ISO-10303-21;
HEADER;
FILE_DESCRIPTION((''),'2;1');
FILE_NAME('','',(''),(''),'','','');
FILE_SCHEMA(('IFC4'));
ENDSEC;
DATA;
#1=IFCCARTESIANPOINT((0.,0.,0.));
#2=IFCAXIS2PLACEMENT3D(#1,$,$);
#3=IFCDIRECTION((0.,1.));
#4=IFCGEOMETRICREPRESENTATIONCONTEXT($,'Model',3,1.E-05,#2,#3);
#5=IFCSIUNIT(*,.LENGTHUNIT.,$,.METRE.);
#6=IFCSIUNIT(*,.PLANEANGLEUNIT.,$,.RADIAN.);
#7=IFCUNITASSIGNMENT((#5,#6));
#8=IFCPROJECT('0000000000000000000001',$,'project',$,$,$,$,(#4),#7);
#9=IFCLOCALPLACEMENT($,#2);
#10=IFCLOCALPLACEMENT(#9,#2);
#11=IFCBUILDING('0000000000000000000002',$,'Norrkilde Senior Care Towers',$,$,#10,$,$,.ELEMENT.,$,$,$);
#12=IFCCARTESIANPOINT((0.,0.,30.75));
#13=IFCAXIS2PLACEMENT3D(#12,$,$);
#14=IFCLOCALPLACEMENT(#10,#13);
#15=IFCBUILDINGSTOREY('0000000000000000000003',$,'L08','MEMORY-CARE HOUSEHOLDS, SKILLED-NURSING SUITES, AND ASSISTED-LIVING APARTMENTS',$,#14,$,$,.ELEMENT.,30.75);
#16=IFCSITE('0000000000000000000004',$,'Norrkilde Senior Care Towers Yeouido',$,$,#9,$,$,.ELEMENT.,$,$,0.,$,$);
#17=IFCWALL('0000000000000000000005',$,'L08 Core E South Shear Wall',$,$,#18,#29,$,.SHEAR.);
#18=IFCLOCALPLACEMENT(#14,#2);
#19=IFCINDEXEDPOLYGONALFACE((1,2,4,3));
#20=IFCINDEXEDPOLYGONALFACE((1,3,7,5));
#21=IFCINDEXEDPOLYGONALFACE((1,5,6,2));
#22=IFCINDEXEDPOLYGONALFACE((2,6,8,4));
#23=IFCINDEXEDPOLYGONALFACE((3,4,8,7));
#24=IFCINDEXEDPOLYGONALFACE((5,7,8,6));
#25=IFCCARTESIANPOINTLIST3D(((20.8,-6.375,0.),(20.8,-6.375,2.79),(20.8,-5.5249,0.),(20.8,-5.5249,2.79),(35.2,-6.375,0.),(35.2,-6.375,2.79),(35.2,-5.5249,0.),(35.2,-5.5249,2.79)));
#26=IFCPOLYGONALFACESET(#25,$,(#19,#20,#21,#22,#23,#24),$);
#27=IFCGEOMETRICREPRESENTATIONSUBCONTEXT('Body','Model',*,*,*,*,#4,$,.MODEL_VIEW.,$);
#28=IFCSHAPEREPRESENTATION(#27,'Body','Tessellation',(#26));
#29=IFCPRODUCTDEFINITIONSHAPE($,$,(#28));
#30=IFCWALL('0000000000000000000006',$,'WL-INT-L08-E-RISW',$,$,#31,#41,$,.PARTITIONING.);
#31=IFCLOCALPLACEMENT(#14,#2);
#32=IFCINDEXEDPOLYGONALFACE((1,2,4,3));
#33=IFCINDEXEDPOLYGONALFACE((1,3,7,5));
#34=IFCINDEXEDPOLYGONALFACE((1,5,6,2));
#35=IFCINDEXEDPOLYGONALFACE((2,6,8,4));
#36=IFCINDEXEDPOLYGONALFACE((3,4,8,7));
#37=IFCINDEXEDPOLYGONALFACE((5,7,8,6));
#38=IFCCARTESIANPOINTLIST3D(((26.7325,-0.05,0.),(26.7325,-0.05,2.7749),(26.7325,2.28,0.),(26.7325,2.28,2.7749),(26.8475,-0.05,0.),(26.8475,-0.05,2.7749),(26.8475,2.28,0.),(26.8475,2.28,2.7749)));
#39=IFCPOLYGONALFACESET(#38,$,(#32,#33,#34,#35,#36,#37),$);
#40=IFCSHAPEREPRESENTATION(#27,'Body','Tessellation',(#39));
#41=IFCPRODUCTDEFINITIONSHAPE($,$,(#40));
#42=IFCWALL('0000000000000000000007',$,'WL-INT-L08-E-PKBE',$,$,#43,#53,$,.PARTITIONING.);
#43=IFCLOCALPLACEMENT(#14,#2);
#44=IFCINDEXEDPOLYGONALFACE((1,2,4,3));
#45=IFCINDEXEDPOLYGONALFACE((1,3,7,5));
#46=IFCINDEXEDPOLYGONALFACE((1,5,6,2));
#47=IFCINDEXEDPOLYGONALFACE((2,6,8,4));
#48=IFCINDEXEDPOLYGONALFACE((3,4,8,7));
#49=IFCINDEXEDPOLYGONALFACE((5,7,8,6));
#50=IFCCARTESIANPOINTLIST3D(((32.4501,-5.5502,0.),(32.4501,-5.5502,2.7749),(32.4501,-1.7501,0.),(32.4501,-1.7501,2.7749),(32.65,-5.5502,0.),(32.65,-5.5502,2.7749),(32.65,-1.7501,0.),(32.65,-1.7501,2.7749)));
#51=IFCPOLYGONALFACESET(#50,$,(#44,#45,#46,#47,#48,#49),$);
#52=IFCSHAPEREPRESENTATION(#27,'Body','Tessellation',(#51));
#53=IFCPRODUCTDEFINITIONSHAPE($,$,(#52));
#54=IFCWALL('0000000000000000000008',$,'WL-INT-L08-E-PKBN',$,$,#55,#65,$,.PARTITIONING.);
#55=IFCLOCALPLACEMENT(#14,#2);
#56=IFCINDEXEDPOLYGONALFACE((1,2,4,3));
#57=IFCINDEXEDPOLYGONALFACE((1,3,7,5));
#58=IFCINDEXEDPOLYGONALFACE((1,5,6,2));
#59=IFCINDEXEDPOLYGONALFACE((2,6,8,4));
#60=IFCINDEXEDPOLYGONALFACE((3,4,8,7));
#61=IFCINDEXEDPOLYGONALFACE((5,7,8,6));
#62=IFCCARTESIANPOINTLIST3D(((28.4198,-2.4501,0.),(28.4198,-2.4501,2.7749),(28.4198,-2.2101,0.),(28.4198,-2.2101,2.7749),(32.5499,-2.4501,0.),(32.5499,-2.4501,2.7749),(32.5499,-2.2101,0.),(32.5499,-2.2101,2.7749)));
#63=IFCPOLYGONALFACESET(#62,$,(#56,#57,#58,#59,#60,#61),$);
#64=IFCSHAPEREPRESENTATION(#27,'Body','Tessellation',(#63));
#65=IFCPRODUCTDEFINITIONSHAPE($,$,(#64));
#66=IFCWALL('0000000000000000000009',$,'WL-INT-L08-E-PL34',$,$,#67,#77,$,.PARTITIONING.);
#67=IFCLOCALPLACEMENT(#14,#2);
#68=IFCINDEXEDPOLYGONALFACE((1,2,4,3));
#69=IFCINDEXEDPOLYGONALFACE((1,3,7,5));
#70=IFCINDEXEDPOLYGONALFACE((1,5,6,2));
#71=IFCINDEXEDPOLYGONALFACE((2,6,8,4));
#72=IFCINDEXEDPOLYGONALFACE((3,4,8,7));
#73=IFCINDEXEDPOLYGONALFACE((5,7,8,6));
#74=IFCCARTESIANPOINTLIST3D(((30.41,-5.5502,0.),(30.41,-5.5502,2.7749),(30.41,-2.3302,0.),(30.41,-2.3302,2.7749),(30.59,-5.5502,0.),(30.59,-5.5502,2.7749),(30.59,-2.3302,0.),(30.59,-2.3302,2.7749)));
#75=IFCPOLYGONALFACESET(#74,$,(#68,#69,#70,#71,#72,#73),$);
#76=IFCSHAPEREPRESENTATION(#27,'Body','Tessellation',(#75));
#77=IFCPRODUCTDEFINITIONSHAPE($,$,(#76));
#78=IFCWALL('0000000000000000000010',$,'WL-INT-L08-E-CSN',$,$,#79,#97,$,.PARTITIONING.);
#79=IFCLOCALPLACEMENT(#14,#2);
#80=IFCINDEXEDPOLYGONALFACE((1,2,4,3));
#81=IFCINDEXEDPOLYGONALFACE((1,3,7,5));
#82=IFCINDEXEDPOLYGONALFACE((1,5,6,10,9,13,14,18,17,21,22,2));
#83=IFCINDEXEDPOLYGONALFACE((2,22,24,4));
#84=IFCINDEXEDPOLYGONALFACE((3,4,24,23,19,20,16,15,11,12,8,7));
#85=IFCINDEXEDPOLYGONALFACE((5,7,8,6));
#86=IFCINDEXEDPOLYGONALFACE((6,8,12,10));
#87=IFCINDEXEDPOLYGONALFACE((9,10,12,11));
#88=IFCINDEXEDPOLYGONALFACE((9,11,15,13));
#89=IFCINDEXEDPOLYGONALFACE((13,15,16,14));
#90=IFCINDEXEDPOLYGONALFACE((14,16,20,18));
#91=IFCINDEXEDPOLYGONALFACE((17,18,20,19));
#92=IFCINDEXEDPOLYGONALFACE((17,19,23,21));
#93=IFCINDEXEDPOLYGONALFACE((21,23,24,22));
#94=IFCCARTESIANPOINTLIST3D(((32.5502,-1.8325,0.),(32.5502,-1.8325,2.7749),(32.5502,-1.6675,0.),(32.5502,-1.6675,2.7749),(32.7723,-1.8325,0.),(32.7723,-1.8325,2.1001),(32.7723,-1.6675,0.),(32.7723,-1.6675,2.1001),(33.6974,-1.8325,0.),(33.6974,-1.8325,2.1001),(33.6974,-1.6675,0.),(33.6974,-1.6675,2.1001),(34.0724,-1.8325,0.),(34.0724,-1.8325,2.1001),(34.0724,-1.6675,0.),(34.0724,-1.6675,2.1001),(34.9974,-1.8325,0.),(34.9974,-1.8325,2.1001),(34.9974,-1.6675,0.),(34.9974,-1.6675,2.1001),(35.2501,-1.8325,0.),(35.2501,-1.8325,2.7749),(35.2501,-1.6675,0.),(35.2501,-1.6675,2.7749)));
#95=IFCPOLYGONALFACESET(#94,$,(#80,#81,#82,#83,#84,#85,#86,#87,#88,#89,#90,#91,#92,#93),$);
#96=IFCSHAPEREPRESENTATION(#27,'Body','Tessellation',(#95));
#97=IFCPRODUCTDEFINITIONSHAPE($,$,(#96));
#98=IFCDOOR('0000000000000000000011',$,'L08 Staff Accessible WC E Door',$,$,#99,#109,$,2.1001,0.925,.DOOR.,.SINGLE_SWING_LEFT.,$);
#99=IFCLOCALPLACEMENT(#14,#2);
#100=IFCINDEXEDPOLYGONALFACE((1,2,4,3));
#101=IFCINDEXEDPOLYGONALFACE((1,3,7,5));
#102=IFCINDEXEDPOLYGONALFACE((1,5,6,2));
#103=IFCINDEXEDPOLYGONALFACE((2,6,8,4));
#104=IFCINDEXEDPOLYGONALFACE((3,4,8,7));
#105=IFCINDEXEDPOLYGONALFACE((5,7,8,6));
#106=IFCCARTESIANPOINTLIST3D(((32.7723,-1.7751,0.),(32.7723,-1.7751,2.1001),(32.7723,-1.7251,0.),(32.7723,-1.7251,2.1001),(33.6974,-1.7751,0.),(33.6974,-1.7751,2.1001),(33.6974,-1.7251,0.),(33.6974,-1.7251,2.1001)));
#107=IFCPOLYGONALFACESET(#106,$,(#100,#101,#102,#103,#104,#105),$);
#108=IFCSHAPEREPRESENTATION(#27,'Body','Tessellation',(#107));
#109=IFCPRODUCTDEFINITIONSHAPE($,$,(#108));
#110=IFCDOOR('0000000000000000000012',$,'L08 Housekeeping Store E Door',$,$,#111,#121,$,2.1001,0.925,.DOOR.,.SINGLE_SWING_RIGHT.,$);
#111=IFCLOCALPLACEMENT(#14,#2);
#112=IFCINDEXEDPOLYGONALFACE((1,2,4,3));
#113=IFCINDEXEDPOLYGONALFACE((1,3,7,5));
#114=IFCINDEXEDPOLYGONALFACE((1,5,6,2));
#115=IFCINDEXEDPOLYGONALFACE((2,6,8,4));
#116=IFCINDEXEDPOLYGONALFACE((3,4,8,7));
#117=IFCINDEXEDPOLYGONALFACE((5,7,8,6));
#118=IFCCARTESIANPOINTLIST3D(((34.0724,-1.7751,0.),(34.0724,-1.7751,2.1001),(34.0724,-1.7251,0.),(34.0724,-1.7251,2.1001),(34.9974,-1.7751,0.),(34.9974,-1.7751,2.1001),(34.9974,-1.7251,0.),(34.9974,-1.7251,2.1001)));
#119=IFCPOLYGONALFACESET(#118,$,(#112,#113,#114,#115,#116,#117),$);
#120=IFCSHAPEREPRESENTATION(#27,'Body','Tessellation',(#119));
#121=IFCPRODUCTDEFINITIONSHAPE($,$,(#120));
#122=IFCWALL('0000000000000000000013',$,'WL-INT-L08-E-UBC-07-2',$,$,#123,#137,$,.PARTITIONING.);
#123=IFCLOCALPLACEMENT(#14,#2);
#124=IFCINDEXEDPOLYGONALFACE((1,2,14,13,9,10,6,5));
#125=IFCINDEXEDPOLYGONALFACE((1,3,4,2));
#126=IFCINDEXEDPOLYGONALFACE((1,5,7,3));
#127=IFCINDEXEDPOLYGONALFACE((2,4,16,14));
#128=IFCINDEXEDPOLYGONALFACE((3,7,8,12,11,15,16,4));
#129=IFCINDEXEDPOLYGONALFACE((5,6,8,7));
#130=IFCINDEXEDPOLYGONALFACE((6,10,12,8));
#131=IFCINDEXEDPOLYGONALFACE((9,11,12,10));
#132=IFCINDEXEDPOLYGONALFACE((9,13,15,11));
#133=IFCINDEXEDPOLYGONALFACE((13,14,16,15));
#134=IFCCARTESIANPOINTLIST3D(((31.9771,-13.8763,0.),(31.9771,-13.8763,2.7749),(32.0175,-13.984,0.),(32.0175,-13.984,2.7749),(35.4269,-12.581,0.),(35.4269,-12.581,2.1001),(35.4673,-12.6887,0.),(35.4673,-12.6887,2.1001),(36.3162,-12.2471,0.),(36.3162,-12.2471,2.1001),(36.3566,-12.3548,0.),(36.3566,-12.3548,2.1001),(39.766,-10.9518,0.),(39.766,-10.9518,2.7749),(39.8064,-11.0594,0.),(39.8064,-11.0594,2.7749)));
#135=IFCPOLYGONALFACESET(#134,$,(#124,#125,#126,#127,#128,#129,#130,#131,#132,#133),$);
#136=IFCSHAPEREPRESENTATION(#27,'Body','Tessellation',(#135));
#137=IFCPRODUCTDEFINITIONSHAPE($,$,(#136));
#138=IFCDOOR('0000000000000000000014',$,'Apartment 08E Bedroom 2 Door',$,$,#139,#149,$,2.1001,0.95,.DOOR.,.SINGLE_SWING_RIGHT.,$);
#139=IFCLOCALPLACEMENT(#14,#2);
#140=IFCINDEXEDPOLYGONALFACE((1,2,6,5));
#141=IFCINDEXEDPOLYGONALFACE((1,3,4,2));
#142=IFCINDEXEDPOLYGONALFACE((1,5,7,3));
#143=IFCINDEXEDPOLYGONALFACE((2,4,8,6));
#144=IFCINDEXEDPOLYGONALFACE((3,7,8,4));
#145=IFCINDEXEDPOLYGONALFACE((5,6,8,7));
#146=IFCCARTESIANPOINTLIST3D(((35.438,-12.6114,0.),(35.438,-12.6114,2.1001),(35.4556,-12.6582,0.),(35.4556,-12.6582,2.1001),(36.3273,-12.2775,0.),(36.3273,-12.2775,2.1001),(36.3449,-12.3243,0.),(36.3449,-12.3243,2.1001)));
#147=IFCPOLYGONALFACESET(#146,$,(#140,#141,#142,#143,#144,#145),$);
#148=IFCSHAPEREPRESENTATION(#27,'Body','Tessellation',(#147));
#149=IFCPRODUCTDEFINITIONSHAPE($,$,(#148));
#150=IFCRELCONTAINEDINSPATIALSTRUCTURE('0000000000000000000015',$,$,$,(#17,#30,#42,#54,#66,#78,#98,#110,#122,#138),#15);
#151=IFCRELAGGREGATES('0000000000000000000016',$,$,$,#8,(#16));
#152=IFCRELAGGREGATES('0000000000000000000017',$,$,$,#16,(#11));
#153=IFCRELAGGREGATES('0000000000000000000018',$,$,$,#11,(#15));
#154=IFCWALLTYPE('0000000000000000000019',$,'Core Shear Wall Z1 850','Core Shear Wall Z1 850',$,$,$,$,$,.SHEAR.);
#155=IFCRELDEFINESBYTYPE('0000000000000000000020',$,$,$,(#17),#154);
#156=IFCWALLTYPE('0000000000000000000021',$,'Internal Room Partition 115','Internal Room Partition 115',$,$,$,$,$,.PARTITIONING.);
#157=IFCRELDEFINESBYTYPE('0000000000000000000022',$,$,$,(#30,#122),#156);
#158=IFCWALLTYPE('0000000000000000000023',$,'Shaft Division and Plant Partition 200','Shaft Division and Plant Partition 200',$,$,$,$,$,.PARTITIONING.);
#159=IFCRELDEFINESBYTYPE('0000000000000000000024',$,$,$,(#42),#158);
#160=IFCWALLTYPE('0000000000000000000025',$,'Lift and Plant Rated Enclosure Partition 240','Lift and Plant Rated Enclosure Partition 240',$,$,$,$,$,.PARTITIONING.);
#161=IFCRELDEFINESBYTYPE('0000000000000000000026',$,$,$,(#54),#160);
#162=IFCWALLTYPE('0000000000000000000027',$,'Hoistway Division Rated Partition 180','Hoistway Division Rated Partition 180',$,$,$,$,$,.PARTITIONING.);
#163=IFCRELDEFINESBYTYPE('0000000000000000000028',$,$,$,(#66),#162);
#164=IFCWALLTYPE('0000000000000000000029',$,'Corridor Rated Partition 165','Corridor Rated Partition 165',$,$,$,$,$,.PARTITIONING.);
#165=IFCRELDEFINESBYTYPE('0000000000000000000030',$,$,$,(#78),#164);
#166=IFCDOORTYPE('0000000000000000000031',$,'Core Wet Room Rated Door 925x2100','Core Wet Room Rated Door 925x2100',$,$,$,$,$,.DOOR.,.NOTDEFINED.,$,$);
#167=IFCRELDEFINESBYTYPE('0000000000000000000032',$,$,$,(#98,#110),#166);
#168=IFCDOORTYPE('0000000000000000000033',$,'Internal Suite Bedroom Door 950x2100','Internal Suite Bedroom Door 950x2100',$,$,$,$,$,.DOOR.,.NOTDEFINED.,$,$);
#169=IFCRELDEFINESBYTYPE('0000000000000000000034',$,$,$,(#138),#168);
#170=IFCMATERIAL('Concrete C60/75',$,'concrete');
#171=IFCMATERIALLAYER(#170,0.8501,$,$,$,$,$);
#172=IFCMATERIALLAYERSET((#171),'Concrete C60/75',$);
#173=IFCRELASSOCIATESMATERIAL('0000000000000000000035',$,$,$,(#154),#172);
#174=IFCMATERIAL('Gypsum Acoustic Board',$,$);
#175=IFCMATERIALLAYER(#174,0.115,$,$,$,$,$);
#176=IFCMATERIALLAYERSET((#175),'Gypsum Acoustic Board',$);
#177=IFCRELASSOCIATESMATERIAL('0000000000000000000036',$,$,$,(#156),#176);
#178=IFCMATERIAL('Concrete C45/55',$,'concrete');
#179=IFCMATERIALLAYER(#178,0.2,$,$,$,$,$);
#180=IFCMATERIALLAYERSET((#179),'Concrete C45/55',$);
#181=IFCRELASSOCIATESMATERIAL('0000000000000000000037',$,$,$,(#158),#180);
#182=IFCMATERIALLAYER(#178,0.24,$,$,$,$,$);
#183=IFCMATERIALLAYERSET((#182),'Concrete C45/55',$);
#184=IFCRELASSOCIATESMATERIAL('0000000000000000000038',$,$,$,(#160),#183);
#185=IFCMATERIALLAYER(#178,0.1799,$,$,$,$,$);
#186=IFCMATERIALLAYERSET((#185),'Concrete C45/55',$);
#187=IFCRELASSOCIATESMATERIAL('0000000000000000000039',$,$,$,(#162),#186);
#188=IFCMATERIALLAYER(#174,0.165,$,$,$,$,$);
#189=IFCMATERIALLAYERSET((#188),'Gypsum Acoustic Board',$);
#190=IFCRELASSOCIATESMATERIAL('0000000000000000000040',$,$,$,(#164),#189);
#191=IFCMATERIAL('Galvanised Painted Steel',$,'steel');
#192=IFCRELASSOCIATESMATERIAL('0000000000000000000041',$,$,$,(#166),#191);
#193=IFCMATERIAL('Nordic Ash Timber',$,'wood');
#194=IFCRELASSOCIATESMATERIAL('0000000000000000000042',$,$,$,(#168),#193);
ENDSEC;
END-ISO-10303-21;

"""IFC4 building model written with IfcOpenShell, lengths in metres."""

from ifc_helpers import new_model, si_unit, direction, frame, frame_2d, origin, place, context, subcontext, project, spatial, rectangle, extrude, source, transform, mapped, material, layer, layer_set, type_object, type_shapes, element, fill, save


model = new_model("IFC4")

# Units and contexts
model_context = context("Model", 3, precision=1e-05, world=origin(), true_north=direction((0.0, 1.0)))
body_context = subcontext(model_context, "Body", "Model", "MODEL_VIEW")
ifc_project = project(units=[si_unit("LENGTHUNIT", "METRE"), si_unit("PLANEANGLEUNIT", "RADIAN")], contexts=[model_context])

# Site, building, storey
site_placement = place(None, origin())
site = spatial("IfcSite", under=ifc_project, at=site_placement, Name="Norrkilde Senior Care Towers Yeouido", CompositionType="ELEMENT", RefElevation=0.0)
building_placement = place(site_placement, origin())
building = spatial("IfcBuilding", under=site, at=building_placement, Name="Norrkilde Senior Care Towers", CompositionType="ELEMENT")
storey_placement = place(building_placement, frame((0.0, 0.0, 30.75)))
storey = spatial("IfcBuildingStorey", under=building, at=storey_placement, Name="L08", Description="MEMORY-CARE HOUSEHOLDS, SKILLED-NURSING SUITES, AND ASSISTED-LIVING APARTMENTS", CompositionType="ELEMENT", Elevation=30.75)

# Shared definitions
ifc_material_1 = material(Name="Concrete C60/75", Category="concrete")

# Walls
ifc_layer_1 = layer(ifc_material_1, 0.8501)
ifc_layer_set_1 = layer_set([ifc_layer_1], Name="Concrete C60/75")
wall_type_1 = type_object("IfcWallType", Name="Core Shear Wall Z1 850", Description="Core Shear Wall Z1 850", PredefinedType="SHEAR", material=ifc_layer_set_1)
shared_shape_1 = source(origin(), body_context, "Body", "SweptSolid", [
    extrude(rectangle(XDim=14.3999, YDim=0.8501, at=frame_2d((7.2, 0.0))), origin(), (0.0, 0.0, 1.0), 2.79),
])
type_shapes(wall_type_1, [shared_shape_1])
wall_1_placement = place(storey_placement, frame((35.2, -5.95, 0.0), z_axis=(0.0, 0.0, 1.0), x_axis=(-1.0, 0.0, 0.0)))
element("IfcWall", 1, at=wall_1_placement, inside=storey, type_object=wall_type_1, Name="L08 Core E South Shear Wall", PredefinedType="SHEAR", context=body_context, shape_type="MappedRepresentation", body=[
    mapped(shared_shape_1, transform((0.0, 0.0, 0.0), x_axis=(1.0, 0.0, 0.0), y_axis=(0.0, 1.0, 0.0), z_axis=(0.0, 0.0, 1.0), scale=1.0)),
])
ifc_material_2 = material(Name="Gypsum Acoustic Board")
ifc_layer_2 = layer(ifc_material_2, 0.115)
ifc_layer_set_2 = layer_set([ifc_layer_2], Name="Gypsum Acoustic Board")
wall_type_2 = type_object("IfcWallType", Name="Internal Room Partition 115", Description="Internal Room Partition 115", PredefinedType="PARTITIONING", material=ifc_layer_set_2)
shared_shape_2 = source(origin(), body_context, "Body", "SweptSolid", [
    extrude(rectangle(XDim=2.3301, YDim=0.115, at=frame_2d((1.165, 0.0))), origin(), (0.0, 0.0, 1.0), 2.7749),
])
wall_2_placement = place(storey_placement, frame((26.79, -0.05, 0.0), z_axis=(0.0, 0.0, 1.0), x_axis=(0.0, 1.0, 0.0)))
element("IfcWall", 2, at=wall_2_placement, inside=storey, type_object=wall_type_2, Name="WL-INT-L08-E-RISW", PredefinedType="PARTITIONING", context=body_context, shape_type="MappedRepresentation", body=[
    mapped(shared_shape_2, transform((0.0, 0.0, 0.0), x_axis=(1.0, 0.0, 0.0), y_axis=(0.0, 1.0, 0.0), z_axis=(0.0, 0.0, 1.0), scale=1.0)),
])
ifc_material_3 = material(Name="Concrete C45/55", Category="concrete")
ifc_layer_3 = layer(ifc_material_3, 0.2)
ifc_layer_set_3 = layer_set([ifc_layer_3], Name="Concrete C45/55")
wall_type_3 = type_object("IfcWallType", Name="Shaft Division and Plant Partition 200", Description="Shaft Division and Plant Partition 200", PredefinedType="PARTITIONING", material=ifc_layer_set_3)
shared_shape_3 = source(origin(), body_context, "Body", "SweptSolid", [
    extrude(rectangle(XDim=3.8, YDim=0.2, at=frame_2d((1.8999, 0.0))), origin(), (0.0, 0.0, 1.0), 2.7749),
])
type_shapes(wall_type_3, [shared_shape_3])
wall_3_placement = place(storey_placement, frame((32.55, -5.55, 0.0), z_axis=(0.0, 0.0, 1.0), x_axis=(0.0, 1.0, 0.0)))
element("IfcWall", 3, at=wall_3_placement, inside=storey, type_object=wall_type_3, Name="WL-INT-L08-E-PKBE", PredefinedType="PARTITIONING", context=body_context, shape_type="MappedRepresentation", body=[
    mapped(shared_shape_3, transform((0.0, 0.0, 0.0), x_axis=(1.0, 0.0, 0.0), y_axis=(0.0, 1.0, 0.0), z_axis=(0.0, 0.0, 1.0), scale=1.0)),
])
ifc_layer_4 = layer(ifc_material_3, 0.24)
ifc_layer_set_4 = layer_set([ifc_layer_4], Name="Concrete C45/55")
wall_type_4 = type_object("IfcWallType", Name="Lift and Plant Rated Enclosure Partition 240", Description="Lift and Plant Rated Enclosure Partition 240", PredefinedType="PARTITIONING", material=ifc_layer_set_4)
shared_shape_4 = source(origin(), body_context, "Body", "SweptSolid", [
    extrude(rectangle(XDim=4.1301, YDim=0.24, at=frame_2d((2.0649, 0.0))), origin(), (0.0, 0.0, 1.0), 2.7749),
])
type_shapes(wall_type_4, [shared_shape_4])
wall_4_placement = place(storey_placement, frame((28.4199, -2.3301, 0.0), z_axis=(0.0, 0.0, 1.0), x_axis=(1.0, 0.0, 0.0)))
element("IfcWall", 4, at=wall_4_placement, inside=storey, type_object=wall_type_4, Name="WL-INT-L08-E-PKBN", PredefinedType="PARTITIONING", context=body_context, shape_type="MappedRepresentation", body=[
    mapped(shared_shape_4, transform((0.0, 0.0, 0.0), x_axis=(1.0, 0.0, 0.0), y_axis=(0.0, 1.0, 0.0), z_axis=(0.0, 0.0, 1.0), scale=1.0)),
])
ifc_layer_5 = layer(ifc_material_3, 0.1799)
ifc_layer_set_5 = layer_set([ifc_layer_5], Name="Concrete C45/55")
wall_type_5 = type_object("IfcWallType", Name="Hoistway Division Rated Partition 180", Description="Hoistway Division Rated Partition 180", PredefinedType="PARTITIONING", material=ifc_layer_set_5)
shared_shape_5 = source(origin(), body_context, "Body", "SweptSolid", [
    extrude(rectangle(XDim=3.22, YDim=0.1799, at=frame_2d((1.6099, 0.0))), origin(), (0.0, 0.0, 1.0), 2.7749),
])
type_shapes(wall_type_5, [shared_shape_5])
wall_5_placement = place(storey_placement, frame((30.5, -5.55, 0.0), z_axis=(0.0, 0.0, 1.0), x_axis=(0.0, 1.0, 0.0)))
element("IfcWall", 5, at=wall_5_placement, inside=storey, type_object=wall_type_5, Name="WL-INT-L08-E-PL34", PredefinedType="PARTITIONING", context=body_context, shape_type="MappedRepresentation", body=[
    mapped(shared_shape_5, transform((0.0, 0.0, 0.0), x_axis=(1.0, 0.0, 0.0), y_axis=(0.0, 1.0, 0.0), z_axis=(0.0, 0.0, 1.0), scale=1.0)),
])

# Wall, openings, doors
ifc_layer_6 = layer(ifc_material_2, 0.165)
ifc_layer_set_6 = layer_set([ifc_layer_6], Name="Gypsum Acoustic Board")
wall_type_6 = type_object("IfcWallType", Name="Corridor Rated Partition 165", Description="Corridor Rated Partition 165", PredefinedType="PARTITIONING", material=ifc_layer_set_6)
shared_shape_6 = source(origin(), body_context, "Body", "SweptSolid", [
    extrude(rectangle(XDim=2.7, YDim=0.165, at=frame_2d((1.3501, 0.0))), origin(), (0.0, 0.0, 1.0), 2.7749),
])
type_shapes(wall_type_6, [shared_shape_6])
wall_6_placement = place(storey_placement, frame((32.55, -1.75, 0.0), z_axis=(0.0, 0.0, 1.0), x_axis=(1.0, 0.0, 0.0)))
wall_6 = element("IfcWall", 6, at=wall_6_placement, inside=storey, type_object=wall_type_6, Name="WL-INT-L08-E-CSN", PredefinedType="PARTITIONING", context=body_context, shape_type="MappedRepresentation", body=[
    mapped(shared_shape_6, transform((0.0, 0.0, 0.0), x_axis=(1.0, 0.0, 0.0), y_axis=(0.0, 1.0, 0.0), z_axis=(0.0, 0.0, 1.0), scale=1.0)),
])
opening_1_placement = place(wall_6_placement, frame((0.2224, 0.0, 0.0)))
opening_1 = element("IfcOpeningElement", 7, at=opening_1_placement, cuts=wall_6, PredefinedType="OPENING", context=body_context, shape_type="SweptSolid", body=[
    extrude(rectangle(XDim=0.925, YDim=2.1001, at=frame_2d((0.4624, 1.05))), frame((0.0, 0.0925, 0.0), z_axis=(0.0, -1.0, 0.0), x_axis=(1.0, 0.0, 0.0)), (0.0, 0.0, 1.0), 0.1851),
])
opening_2_placement = place(wall_6_placement, frame((1.5225, 0.0, 0.0)))
opening_2 = element("IfcOpeningElement", 8, at=opening_2_placement, cuts=wall_6, PredefinedType="OPENING", context=body_context, shape_type="SweptSolid", body=[
    extrude(rectangle(XDim=0.925, YDim=2.1001, at=frame_2d((0.4624, 1.05))), frame((0.0, 0.0925, 0.0), z_axis=(0.0, -1.0, 0.0), x_axis=(1.0, 0.0, 0.0)), (0.0, 0.0, 1.0), 0.1851),
])
ifc_material_4 = material(Name="Galvanised Painted Steel", Category="steel")
door_type_1 = type_object("IfcDoorType", Name="Core Wet Room Rated Door 925x2100", Description="Core Wet Room Rated Door 925x2100", OperationType="NOTDEFINED", PredefinedType="DOOR", material=ifc_material_4)
shared_shape_7 = source(origin(), body_context, "Body", "SweptSolid", [
    extrude(rectangle(XDim=0.925, YDim=2.1001, at=frame_2d((0.4624, 1.05))), frame((0.0, 0.0249, 0.0), z_axis=(0.0, -1.0, 0.0), x_axis=(1.0, 0.0, 0.0)), (0.0, 0.0, 1.0), 0.05),
])
type_shapes(door_type_1, [shared_shape_7])
door_1_placement = place(opening_1_placement, origin())
door_1 = element("IfcDoor", 9, at=door_1_placement, inside=storey, type_object=door_type_1, Name="L08 Staff Accessible WC E Door", OperationType="SINGLE_SWING_LEFT", OverallHeight=2.1001, OverallWidth=0.925, PredefinedType="DOOR", context=body_context, shape_type="MappedRepresentation", body=[
    mapped(shared_shape_7, transform((0.0, 0.0, 0.0), x_axis=(1.0, 0.0, 0.0), y_axis=(0.0, 1.0, 0.0), z_axis=(0.0, 0.0, 1.0), scale=1.0)),
])
fill(opening_1, door_1)
door_2_placement = place(opening_2_placement, origin())
door_2 = element("IfcDoor", 10, at=door_2_placement, inside=storey, type_object=door_type_1, Name="L08 Housekeeping Store E Door", OperationType="SINGLE_SWING_RIGHT", OverallHeight=2.1001, OverallWidth=0.925, PredefinedType="DOOR", context=body_context, shape_type="MappedRepresentation", body=[
    mapped(shared_shape_7, transform((0.0, 0.0, 0.0), x_axis=(1.0, 0.0, 0.0), y_axis=(0.0, 1.0, 0.0), z_axis=(0.0, 0.0, 1.0), scale=1.0)),
])
fill(opening_2, door_2)

# Wall, opening, door
shared_shape_8 = source(origin(), body_context, "Body", "SweptSolid", [
    extrude(rectangle(XDim=8.3198, YDim=0.115, at=frame_2d((4.1599, 0.0))), origin(), (0.0, 0.0, 1.0), 2.7749),
])
wall_7_placement = place(storey_placement, frame((31.9973, -13.9302, 0.0), z_axis=(0.0, 0.0, 1.0), x_axis=(0.936181, 0.351519, 0.0)))
wall_7 = element("IfcWall", 11, at=wall_7_placement, inside=storey, type_object=wall_type_2, Name="WL-INT-L08-E-UBC-07-2", PredefinedType="PARTITIONING", context=body_context, shape_type="MappedRepresentation", body=[
    mapped(shared_shape_8, transform((0.0, 0.0, 0.0), x_axis=(1.0, 0.0, 0.0), y_axis=(0.0, 1.0, 0.0), z_axis=(0.0, 0.0, 1.0), scale=1.0)),
])
opening_3_placement = place(wall_7_placement, frame((3.6848, 0.0, 0.0)))
opening_3 = element("IfcOpeningElement", 12, at=opening_3_placement, cuts=wall_7, PredefinedType="OPENING", context=body_context, shape_type="SweptSolid", body=[
    extrude(rectangle(XDim=0.95, YDim=2.1001, at=frame_2d((0.4751, 1.05))), frame((0.0, 0.0674, 0.0), z_axis=(0.0, -1.0, 0.0), x_axis=(1.0, 0.0, 0.0)), (0.0, 0.0, 1.0), 0.135),
])
ifc_material_5 = material(Name="Nordic Ash Timber", Category="wood")
door_type_2 = type_object("IfcDoorType", Name="Internal Suite Bedroom Door 950x2100", Description="Internal Suite Bedroom Door 950x2100", OperationType="NOTDEFINED", PredefinedType="DOOR", material=ifc_material_5)
shared_shape_9 = source(origin(), body_context, "Body", "SweptSolid", [
    extrude(rectangle(XDim=0.95, YDim=2.1001, at=frame_2d((0.4751, 1.05))), frame((0.0, 0.0249, 0.0), z_axis=(0.0, -1.0, 0.0), x_axis=(1.0, 0.0, 0.0)), (0.0, 0.0, 1.0), 0.05),
])
type_shapes(door_type_2, [shared_shape_9])
door_3_placement = place(opening_3_placement, frame((0.95, 0.0, 0.0), z_axis=(0.0, 0.0, 1.0), x_axis=(-1.0, 0.0, 0.0)))
door_3 = element("IfcDoor", 13, at=door_3_placement, inside=storey, type_object=door_type_2, Name="Apartment 08E Bedroom 2 Door", OperationType="SINGLE_SWING_RIGHT", OverallHeight=2.1001, OverallWidth=0.95, PredefinedType="DOOR", context=body_context, shape_type="MappedRepresentation", body=[
    mapped(shared_shape_9, transform((0.0, 0.0, 0.0), x_axis=(1.0, 0.0, 0.0), y_axis=(0.0, 1.0, 0.0), z_axis=(0.0, 0.0, 1.0), scale=1.0)),
])
fill(opening_3, door_3)

save(model, "model.ifc")
